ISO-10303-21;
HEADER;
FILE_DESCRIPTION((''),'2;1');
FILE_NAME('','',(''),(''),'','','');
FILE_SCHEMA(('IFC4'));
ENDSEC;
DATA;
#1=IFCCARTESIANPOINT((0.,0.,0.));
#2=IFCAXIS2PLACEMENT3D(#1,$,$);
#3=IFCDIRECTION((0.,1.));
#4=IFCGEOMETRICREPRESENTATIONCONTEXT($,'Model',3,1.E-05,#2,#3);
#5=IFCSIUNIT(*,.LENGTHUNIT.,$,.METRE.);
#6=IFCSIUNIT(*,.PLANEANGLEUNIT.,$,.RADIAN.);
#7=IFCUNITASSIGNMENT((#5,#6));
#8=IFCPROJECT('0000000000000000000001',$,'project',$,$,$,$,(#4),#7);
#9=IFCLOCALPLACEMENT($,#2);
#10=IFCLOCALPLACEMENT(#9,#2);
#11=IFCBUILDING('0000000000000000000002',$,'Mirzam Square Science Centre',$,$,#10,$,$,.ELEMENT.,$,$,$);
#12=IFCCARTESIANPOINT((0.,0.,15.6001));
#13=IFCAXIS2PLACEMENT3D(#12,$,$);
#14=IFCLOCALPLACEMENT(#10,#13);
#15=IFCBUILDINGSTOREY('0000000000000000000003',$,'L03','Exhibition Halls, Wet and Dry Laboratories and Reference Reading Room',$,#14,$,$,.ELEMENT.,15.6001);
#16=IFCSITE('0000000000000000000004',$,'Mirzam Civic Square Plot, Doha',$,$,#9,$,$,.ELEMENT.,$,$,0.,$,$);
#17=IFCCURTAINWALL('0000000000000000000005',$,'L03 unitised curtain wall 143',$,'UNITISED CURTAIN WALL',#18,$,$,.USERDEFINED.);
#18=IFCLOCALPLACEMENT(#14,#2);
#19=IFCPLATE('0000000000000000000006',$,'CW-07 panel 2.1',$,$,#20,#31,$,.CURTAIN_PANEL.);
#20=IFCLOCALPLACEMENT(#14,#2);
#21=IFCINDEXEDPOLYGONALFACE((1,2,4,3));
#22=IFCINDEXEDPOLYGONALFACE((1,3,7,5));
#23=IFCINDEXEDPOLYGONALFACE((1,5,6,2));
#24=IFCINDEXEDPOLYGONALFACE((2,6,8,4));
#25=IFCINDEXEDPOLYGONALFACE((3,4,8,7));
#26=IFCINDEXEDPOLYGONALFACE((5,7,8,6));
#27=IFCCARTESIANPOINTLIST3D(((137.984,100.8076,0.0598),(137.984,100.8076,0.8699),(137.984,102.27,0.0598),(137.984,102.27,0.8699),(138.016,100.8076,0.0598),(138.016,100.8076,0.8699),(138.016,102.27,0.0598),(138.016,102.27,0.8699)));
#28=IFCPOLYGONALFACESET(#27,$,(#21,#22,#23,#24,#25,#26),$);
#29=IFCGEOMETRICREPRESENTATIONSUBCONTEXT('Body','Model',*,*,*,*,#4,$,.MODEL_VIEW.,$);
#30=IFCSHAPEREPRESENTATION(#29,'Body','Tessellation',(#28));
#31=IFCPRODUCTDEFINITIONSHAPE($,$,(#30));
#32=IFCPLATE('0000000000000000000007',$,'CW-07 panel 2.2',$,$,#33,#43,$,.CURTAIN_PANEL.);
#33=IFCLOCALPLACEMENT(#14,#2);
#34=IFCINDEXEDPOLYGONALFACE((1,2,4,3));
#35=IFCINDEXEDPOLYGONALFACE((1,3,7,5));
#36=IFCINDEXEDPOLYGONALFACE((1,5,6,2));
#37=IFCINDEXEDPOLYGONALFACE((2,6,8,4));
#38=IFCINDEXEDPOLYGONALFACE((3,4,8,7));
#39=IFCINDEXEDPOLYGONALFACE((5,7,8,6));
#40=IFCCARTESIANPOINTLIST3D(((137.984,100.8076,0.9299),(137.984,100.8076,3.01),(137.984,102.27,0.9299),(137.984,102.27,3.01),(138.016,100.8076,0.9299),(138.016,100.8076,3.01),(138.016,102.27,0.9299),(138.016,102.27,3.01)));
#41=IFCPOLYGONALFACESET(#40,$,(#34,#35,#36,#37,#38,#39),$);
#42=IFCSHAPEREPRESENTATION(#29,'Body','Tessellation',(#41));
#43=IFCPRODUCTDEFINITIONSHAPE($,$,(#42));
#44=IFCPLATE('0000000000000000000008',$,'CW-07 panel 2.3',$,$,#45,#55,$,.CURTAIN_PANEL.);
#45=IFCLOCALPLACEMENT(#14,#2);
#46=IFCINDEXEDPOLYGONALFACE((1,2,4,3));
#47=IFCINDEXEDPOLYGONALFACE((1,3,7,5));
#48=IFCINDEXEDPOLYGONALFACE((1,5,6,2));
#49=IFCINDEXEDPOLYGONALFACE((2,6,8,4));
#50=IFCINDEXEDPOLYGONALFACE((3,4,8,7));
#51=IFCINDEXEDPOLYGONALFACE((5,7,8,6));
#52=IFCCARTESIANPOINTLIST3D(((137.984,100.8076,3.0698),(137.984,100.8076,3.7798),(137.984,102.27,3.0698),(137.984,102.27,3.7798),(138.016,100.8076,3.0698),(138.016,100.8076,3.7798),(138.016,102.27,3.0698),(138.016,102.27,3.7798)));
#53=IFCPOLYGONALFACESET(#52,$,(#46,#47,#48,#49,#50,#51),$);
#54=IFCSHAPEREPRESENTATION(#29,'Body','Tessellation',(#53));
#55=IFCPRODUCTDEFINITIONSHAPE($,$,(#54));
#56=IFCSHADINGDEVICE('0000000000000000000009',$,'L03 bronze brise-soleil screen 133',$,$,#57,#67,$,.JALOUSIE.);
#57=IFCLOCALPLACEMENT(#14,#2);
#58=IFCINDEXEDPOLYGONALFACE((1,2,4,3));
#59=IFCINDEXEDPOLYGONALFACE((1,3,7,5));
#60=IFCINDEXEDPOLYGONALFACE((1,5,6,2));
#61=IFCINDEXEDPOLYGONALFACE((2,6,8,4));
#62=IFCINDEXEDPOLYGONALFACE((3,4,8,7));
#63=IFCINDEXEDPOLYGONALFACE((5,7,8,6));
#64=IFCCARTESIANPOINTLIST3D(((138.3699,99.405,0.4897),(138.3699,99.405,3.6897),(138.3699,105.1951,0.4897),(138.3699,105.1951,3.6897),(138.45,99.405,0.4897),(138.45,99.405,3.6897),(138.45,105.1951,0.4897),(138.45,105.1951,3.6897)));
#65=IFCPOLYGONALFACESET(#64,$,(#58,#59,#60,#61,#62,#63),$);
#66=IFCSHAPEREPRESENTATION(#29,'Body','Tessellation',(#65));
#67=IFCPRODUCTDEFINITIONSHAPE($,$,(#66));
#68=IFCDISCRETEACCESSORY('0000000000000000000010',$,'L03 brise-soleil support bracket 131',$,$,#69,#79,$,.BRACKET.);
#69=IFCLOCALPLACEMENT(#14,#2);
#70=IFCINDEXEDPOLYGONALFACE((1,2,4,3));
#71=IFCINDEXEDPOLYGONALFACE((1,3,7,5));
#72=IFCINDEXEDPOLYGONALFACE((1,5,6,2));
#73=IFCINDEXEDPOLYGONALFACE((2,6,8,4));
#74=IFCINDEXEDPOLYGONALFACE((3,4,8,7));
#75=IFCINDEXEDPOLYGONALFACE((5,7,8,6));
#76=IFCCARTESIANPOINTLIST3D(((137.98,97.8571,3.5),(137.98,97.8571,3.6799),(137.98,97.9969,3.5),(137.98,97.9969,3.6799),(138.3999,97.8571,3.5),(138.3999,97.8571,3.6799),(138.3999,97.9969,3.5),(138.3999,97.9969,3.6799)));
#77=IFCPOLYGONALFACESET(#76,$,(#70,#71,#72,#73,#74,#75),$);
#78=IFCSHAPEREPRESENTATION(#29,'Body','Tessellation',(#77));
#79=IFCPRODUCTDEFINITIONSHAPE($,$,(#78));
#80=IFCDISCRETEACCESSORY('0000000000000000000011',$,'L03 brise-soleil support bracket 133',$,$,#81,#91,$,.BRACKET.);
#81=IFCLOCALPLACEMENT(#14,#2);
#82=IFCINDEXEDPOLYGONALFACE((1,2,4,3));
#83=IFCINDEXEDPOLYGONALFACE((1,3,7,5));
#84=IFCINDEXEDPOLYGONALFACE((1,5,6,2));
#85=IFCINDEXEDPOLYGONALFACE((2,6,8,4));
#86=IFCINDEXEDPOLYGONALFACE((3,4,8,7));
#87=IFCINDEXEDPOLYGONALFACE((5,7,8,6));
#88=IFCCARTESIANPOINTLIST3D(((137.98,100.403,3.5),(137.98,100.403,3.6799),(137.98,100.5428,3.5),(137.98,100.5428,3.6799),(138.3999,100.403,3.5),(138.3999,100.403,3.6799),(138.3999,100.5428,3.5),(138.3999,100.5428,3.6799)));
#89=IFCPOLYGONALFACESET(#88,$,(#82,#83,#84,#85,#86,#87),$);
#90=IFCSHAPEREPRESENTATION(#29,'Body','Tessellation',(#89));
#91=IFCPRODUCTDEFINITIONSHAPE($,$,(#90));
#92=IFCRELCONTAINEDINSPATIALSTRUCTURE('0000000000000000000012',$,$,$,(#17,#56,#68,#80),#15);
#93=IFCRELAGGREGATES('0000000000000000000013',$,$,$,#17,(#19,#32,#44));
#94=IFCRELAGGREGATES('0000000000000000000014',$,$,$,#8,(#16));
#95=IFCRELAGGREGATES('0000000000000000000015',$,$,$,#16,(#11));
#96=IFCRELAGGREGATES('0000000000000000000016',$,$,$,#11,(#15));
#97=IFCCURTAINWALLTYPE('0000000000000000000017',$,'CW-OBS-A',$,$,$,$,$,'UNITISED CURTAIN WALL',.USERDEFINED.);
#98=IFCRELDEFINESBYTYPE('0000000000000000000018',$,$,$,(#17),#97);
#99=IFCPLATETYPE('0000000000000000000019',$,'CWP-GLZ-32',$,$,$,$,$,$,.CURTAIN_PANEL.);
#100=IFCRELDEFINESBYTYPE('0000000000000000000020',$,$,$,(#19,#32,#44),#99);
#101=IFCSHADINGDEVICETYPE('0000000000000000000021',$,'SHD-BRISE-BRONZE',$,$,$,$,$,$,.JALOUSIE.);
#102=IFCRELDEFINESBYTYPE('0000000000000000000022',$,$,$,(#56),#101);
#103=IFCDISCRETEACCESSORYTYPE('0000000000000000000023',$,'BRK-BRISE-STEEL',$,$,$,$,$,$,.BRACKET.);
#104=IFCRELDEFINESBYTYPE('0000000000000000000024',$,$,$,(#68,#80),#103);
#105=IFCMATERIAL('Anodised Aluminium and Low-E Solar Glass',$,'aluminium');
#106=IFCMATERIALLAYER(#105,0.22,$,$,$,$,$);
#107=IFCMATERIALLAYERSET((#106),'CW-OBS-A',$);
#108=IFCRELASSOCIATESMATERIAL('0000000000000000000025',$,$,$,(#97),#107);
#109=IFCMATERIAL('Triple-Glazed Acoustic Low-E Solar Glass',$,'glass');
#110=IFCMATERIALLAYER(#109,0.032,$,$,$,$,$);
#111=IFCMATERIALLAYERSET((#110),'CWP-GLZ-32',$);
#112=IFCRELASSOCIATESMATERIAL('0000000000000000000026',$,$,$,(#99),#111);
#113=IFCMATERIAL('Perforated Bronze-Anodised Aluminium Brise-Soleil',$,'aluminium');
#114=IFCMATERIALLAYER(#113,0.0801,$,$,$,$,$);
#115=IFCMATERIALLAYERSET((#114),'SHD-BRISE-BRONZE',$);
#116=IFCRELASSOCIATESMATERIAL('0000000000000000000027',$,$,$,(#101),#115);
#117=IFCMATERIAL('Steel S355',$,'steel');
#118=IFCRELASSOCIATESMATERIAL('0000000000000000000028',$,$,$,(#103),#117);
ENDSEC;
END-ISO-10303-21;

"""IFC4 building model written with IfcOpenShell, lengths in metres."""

from ifc_helpers import new_model, si_unit, direction, frame, origin, origin_2d, place, context, subcontext, project, spatial, rectangle, extrude, material, layer, layer_set, type_object, element, aggregate, save


model = new_model("IFC4")

# Units and contexts
model_context = context("Model", 3, precision=1e-05, world=origin(), true_north=direction((0.0, 1.0)))
body_context = subcontext(model_context, "Body", "Model", "MODEL_VIEW")
ifc_project = project(units=[si_unit("LENGTHUNIT", "METRE"), si_unit("PLANEANGLEUNIT", "RADIAN")], contexts=[model_context])

# Site, building, storey
site_placement = place(None, origin())
site = spatial("IfcSite", under=ifc_project, at=site_placement, Name="Mirzam Civic Square Plot, Doha", CompositionType="ELEMENT", RefElevation=0.0)
building_placement = place(site_placement, origin())
building = spatial("IfcBuilding", under=site, at=building_placement, Name="Mirzam Square Science Centre", CompositionType="ELEMENT")
storey_placement = place(building_placement, frame((0.0, 0.0, 15.6001)))
storey = spatial("IfcBuildingStorey", under=building, at=storey_placement, Name="L03", Description="Exhibition Halls, Wet and Dry Laboratories and Reference Reading Room", CompositionType="ELEMENT", Elevation=15.6001)

# Shared definitions
ifc_material_1 = material(Name="Steel S355", Category="steel")

# Curtain wall
ifc_material_2 = material(Name="Anodised Aluminium and Low-E Solar Glass", Category="aluminium")
ifc_layer_1 = layer(ifc_material_2, 0.22)
ifc_layer_set_1 = layer_set([ifc_layer_1], Name="CW-OBS-A")
curtain_wall_type_1 = type_object("IfcCurtainWallType", Name="CW-OBS-A", ElementType="UNITISED CURTAIN WALL", PredefinedType="USERDEFINED", material=ifc_layer_set_1)
curtain_wall_1_placement = place(storey_placement, origin())
curtain_wall_1 = element("IfcCurtainWall", 1, at=curtain_wall_1_placement, inside=storey, type_object=curtain_wall_type_1, Name="L03 unitised curtain wall 143", ObjectType="UNITISED CURTAIN WALL", PredefinedType="USERDEFINED")

# Plates
ifc_material_3 = material(Name="Triple-Glazed Acoustic Low-E Solar Glass", Category="glass")
ifc_layer_2 = layer(ifc_material_3, 0.032)
ifc_layer_set_2 = layer_set([ifc_layer_2], Name="CWP-GLZ-32")
plate_type_1 = type_object("IfcPlateType", Name="CWP-GLZ-32", PredefinedType="CURTAIN_PANEL", material=ifc_layer_set_2)
plate_1_placement = place(storey_placement, frame((138.0, 101.5388, 0.0598), z_axis=(0.0, 0.0, 1.0), x_axis=(0.0, 1.0, 0.0)))
plate_1 = element("IfcPlate", 2, at=plate_1_placement, type_object=plate_type_1, Name="CW-07 panel 2.1", PredefinedType="CURTAIN_PANEL", context=body_context, shape_type="SweptSolid", body=[
    extrude(rectangle(XDim=1.4624, YDim=0.032, at=origin_2d()), origin(), (0.0, 0.0, 1.0), 0.8101),
])
plate_2_placement = place(storey_placement, frame((138.0, 101.5388, 0.9299), z_axis=(0.0, 0.0, 1.0), x_axis=(0.0, 1.0, 0.0)))
plate_2 = element("IfcPlate", 3, at=plate_2_placement, type_object=plate_type_1, Name="CW-07 panel 2.2", PredefinedType="CURTAIN_PANEL", context=body_context, shape_type="SweptSolid", body=[
    extrude(rectangle(XDim=1.4624, YDim=0.032, at=origin_2d()), origin(), (0.0, 0.0, 1.0), 2.0801),
])
plate_3_placement = place(storey_placement, frame((138.0, 101.5388, 3.0698), z_axis=(0.0, 0.0, 1.0), x_axis=(0.0, 1.0, 0.0)))
plate_3 = element("IfcPlate", 4, at=plate_3_placement, type_object=plate_type_1, Name="CW-07 panel 2.3", PredefinedType="CURTAIN_PANEL", context=body_context, shape_type="SweptSolid", body=[
    extrude(rectangle(XDim=1.4624, YDim=0.032, at=origin_2d()), origin(), (0.0, 0.0, 1.0), 0.71),
])
aggregate(curtain_wall_1, [plate_1, plate_2, plate_3])

# Shading device
ifc_material_4 = material(Name="Perforated Bronze-Anodised Aluminium Brise-Soleil", Category="aluminium")
ifc_layer_3 = layer(ifc_material_4, 0.0801)
ifc_layer_set_3 = layer_set([ifc_layer_3], Name="SHD-BRISE-BRONZE")
shading_device_type = type_object("IfcShadingDeviceType", Name="SHD-BRISE-BRONZE", PredefinedType="JALOUSIE", material=ifc_layer_set_3)
shading_device_placement = place(storey_placement, frame((138.4099, 102.3, 0.4897), z_axis=(0.0, 0.0, 1.0), x_axis=(0.0, 1.0, 0.0)))
element("IfcShadingDevice", 5, at=shading_device_placement, inside=storey, type_object=shading_device_type, Name="L03 bronze brise-soleil screen 133", PredefinedType="JALOUSIE", context=body_context, shape_type="SweptSolid", body=[
    extrude(rectangle(XDim=5.79, YDim=0.0801, at=origin_2d()), origin(), (0.0, 0.0, 1.0), 3.2),
])

# Discrete accessories
discrete_accessory_type = type_object("IfcDiscreteAccessoryType", Name="BRK-BRISE-STEEL", PredefinedType="BRACKET", material=ifc_material_1)
for number, where, z_axis, x_axis, name in (
    (6, (138.1899, 97.927, 3.5), (0.0, 0.0, 1.0), (0.0, 1.0, 0.0), "L03 brise-soleil support bracket 131"),
    (7, (138.1899, 100.4729, 3.5), (0.0, 0.0, 1.0), (0.0, 1.0, 0.0), "L03 brise-soleil support bracket 133"),
):
    element("IfcDiscreteAccessory", number, at=place(storey_placement, frame(where, z_axis=z_axis, x_axis=x_axis)), inside=storey, type_object=discrete_accessory_type, Name=name, PredefinedType="BRACKET", context=body_context, shape_type="SweptSolid", body=[
        extrude(rectangle(XDim=0.1399, YDim=0.4199, at=origin_2d()), origin(), (0.0, 0.0, 1.0), 0.1799),
    ])

save(model, "model.ifc")
